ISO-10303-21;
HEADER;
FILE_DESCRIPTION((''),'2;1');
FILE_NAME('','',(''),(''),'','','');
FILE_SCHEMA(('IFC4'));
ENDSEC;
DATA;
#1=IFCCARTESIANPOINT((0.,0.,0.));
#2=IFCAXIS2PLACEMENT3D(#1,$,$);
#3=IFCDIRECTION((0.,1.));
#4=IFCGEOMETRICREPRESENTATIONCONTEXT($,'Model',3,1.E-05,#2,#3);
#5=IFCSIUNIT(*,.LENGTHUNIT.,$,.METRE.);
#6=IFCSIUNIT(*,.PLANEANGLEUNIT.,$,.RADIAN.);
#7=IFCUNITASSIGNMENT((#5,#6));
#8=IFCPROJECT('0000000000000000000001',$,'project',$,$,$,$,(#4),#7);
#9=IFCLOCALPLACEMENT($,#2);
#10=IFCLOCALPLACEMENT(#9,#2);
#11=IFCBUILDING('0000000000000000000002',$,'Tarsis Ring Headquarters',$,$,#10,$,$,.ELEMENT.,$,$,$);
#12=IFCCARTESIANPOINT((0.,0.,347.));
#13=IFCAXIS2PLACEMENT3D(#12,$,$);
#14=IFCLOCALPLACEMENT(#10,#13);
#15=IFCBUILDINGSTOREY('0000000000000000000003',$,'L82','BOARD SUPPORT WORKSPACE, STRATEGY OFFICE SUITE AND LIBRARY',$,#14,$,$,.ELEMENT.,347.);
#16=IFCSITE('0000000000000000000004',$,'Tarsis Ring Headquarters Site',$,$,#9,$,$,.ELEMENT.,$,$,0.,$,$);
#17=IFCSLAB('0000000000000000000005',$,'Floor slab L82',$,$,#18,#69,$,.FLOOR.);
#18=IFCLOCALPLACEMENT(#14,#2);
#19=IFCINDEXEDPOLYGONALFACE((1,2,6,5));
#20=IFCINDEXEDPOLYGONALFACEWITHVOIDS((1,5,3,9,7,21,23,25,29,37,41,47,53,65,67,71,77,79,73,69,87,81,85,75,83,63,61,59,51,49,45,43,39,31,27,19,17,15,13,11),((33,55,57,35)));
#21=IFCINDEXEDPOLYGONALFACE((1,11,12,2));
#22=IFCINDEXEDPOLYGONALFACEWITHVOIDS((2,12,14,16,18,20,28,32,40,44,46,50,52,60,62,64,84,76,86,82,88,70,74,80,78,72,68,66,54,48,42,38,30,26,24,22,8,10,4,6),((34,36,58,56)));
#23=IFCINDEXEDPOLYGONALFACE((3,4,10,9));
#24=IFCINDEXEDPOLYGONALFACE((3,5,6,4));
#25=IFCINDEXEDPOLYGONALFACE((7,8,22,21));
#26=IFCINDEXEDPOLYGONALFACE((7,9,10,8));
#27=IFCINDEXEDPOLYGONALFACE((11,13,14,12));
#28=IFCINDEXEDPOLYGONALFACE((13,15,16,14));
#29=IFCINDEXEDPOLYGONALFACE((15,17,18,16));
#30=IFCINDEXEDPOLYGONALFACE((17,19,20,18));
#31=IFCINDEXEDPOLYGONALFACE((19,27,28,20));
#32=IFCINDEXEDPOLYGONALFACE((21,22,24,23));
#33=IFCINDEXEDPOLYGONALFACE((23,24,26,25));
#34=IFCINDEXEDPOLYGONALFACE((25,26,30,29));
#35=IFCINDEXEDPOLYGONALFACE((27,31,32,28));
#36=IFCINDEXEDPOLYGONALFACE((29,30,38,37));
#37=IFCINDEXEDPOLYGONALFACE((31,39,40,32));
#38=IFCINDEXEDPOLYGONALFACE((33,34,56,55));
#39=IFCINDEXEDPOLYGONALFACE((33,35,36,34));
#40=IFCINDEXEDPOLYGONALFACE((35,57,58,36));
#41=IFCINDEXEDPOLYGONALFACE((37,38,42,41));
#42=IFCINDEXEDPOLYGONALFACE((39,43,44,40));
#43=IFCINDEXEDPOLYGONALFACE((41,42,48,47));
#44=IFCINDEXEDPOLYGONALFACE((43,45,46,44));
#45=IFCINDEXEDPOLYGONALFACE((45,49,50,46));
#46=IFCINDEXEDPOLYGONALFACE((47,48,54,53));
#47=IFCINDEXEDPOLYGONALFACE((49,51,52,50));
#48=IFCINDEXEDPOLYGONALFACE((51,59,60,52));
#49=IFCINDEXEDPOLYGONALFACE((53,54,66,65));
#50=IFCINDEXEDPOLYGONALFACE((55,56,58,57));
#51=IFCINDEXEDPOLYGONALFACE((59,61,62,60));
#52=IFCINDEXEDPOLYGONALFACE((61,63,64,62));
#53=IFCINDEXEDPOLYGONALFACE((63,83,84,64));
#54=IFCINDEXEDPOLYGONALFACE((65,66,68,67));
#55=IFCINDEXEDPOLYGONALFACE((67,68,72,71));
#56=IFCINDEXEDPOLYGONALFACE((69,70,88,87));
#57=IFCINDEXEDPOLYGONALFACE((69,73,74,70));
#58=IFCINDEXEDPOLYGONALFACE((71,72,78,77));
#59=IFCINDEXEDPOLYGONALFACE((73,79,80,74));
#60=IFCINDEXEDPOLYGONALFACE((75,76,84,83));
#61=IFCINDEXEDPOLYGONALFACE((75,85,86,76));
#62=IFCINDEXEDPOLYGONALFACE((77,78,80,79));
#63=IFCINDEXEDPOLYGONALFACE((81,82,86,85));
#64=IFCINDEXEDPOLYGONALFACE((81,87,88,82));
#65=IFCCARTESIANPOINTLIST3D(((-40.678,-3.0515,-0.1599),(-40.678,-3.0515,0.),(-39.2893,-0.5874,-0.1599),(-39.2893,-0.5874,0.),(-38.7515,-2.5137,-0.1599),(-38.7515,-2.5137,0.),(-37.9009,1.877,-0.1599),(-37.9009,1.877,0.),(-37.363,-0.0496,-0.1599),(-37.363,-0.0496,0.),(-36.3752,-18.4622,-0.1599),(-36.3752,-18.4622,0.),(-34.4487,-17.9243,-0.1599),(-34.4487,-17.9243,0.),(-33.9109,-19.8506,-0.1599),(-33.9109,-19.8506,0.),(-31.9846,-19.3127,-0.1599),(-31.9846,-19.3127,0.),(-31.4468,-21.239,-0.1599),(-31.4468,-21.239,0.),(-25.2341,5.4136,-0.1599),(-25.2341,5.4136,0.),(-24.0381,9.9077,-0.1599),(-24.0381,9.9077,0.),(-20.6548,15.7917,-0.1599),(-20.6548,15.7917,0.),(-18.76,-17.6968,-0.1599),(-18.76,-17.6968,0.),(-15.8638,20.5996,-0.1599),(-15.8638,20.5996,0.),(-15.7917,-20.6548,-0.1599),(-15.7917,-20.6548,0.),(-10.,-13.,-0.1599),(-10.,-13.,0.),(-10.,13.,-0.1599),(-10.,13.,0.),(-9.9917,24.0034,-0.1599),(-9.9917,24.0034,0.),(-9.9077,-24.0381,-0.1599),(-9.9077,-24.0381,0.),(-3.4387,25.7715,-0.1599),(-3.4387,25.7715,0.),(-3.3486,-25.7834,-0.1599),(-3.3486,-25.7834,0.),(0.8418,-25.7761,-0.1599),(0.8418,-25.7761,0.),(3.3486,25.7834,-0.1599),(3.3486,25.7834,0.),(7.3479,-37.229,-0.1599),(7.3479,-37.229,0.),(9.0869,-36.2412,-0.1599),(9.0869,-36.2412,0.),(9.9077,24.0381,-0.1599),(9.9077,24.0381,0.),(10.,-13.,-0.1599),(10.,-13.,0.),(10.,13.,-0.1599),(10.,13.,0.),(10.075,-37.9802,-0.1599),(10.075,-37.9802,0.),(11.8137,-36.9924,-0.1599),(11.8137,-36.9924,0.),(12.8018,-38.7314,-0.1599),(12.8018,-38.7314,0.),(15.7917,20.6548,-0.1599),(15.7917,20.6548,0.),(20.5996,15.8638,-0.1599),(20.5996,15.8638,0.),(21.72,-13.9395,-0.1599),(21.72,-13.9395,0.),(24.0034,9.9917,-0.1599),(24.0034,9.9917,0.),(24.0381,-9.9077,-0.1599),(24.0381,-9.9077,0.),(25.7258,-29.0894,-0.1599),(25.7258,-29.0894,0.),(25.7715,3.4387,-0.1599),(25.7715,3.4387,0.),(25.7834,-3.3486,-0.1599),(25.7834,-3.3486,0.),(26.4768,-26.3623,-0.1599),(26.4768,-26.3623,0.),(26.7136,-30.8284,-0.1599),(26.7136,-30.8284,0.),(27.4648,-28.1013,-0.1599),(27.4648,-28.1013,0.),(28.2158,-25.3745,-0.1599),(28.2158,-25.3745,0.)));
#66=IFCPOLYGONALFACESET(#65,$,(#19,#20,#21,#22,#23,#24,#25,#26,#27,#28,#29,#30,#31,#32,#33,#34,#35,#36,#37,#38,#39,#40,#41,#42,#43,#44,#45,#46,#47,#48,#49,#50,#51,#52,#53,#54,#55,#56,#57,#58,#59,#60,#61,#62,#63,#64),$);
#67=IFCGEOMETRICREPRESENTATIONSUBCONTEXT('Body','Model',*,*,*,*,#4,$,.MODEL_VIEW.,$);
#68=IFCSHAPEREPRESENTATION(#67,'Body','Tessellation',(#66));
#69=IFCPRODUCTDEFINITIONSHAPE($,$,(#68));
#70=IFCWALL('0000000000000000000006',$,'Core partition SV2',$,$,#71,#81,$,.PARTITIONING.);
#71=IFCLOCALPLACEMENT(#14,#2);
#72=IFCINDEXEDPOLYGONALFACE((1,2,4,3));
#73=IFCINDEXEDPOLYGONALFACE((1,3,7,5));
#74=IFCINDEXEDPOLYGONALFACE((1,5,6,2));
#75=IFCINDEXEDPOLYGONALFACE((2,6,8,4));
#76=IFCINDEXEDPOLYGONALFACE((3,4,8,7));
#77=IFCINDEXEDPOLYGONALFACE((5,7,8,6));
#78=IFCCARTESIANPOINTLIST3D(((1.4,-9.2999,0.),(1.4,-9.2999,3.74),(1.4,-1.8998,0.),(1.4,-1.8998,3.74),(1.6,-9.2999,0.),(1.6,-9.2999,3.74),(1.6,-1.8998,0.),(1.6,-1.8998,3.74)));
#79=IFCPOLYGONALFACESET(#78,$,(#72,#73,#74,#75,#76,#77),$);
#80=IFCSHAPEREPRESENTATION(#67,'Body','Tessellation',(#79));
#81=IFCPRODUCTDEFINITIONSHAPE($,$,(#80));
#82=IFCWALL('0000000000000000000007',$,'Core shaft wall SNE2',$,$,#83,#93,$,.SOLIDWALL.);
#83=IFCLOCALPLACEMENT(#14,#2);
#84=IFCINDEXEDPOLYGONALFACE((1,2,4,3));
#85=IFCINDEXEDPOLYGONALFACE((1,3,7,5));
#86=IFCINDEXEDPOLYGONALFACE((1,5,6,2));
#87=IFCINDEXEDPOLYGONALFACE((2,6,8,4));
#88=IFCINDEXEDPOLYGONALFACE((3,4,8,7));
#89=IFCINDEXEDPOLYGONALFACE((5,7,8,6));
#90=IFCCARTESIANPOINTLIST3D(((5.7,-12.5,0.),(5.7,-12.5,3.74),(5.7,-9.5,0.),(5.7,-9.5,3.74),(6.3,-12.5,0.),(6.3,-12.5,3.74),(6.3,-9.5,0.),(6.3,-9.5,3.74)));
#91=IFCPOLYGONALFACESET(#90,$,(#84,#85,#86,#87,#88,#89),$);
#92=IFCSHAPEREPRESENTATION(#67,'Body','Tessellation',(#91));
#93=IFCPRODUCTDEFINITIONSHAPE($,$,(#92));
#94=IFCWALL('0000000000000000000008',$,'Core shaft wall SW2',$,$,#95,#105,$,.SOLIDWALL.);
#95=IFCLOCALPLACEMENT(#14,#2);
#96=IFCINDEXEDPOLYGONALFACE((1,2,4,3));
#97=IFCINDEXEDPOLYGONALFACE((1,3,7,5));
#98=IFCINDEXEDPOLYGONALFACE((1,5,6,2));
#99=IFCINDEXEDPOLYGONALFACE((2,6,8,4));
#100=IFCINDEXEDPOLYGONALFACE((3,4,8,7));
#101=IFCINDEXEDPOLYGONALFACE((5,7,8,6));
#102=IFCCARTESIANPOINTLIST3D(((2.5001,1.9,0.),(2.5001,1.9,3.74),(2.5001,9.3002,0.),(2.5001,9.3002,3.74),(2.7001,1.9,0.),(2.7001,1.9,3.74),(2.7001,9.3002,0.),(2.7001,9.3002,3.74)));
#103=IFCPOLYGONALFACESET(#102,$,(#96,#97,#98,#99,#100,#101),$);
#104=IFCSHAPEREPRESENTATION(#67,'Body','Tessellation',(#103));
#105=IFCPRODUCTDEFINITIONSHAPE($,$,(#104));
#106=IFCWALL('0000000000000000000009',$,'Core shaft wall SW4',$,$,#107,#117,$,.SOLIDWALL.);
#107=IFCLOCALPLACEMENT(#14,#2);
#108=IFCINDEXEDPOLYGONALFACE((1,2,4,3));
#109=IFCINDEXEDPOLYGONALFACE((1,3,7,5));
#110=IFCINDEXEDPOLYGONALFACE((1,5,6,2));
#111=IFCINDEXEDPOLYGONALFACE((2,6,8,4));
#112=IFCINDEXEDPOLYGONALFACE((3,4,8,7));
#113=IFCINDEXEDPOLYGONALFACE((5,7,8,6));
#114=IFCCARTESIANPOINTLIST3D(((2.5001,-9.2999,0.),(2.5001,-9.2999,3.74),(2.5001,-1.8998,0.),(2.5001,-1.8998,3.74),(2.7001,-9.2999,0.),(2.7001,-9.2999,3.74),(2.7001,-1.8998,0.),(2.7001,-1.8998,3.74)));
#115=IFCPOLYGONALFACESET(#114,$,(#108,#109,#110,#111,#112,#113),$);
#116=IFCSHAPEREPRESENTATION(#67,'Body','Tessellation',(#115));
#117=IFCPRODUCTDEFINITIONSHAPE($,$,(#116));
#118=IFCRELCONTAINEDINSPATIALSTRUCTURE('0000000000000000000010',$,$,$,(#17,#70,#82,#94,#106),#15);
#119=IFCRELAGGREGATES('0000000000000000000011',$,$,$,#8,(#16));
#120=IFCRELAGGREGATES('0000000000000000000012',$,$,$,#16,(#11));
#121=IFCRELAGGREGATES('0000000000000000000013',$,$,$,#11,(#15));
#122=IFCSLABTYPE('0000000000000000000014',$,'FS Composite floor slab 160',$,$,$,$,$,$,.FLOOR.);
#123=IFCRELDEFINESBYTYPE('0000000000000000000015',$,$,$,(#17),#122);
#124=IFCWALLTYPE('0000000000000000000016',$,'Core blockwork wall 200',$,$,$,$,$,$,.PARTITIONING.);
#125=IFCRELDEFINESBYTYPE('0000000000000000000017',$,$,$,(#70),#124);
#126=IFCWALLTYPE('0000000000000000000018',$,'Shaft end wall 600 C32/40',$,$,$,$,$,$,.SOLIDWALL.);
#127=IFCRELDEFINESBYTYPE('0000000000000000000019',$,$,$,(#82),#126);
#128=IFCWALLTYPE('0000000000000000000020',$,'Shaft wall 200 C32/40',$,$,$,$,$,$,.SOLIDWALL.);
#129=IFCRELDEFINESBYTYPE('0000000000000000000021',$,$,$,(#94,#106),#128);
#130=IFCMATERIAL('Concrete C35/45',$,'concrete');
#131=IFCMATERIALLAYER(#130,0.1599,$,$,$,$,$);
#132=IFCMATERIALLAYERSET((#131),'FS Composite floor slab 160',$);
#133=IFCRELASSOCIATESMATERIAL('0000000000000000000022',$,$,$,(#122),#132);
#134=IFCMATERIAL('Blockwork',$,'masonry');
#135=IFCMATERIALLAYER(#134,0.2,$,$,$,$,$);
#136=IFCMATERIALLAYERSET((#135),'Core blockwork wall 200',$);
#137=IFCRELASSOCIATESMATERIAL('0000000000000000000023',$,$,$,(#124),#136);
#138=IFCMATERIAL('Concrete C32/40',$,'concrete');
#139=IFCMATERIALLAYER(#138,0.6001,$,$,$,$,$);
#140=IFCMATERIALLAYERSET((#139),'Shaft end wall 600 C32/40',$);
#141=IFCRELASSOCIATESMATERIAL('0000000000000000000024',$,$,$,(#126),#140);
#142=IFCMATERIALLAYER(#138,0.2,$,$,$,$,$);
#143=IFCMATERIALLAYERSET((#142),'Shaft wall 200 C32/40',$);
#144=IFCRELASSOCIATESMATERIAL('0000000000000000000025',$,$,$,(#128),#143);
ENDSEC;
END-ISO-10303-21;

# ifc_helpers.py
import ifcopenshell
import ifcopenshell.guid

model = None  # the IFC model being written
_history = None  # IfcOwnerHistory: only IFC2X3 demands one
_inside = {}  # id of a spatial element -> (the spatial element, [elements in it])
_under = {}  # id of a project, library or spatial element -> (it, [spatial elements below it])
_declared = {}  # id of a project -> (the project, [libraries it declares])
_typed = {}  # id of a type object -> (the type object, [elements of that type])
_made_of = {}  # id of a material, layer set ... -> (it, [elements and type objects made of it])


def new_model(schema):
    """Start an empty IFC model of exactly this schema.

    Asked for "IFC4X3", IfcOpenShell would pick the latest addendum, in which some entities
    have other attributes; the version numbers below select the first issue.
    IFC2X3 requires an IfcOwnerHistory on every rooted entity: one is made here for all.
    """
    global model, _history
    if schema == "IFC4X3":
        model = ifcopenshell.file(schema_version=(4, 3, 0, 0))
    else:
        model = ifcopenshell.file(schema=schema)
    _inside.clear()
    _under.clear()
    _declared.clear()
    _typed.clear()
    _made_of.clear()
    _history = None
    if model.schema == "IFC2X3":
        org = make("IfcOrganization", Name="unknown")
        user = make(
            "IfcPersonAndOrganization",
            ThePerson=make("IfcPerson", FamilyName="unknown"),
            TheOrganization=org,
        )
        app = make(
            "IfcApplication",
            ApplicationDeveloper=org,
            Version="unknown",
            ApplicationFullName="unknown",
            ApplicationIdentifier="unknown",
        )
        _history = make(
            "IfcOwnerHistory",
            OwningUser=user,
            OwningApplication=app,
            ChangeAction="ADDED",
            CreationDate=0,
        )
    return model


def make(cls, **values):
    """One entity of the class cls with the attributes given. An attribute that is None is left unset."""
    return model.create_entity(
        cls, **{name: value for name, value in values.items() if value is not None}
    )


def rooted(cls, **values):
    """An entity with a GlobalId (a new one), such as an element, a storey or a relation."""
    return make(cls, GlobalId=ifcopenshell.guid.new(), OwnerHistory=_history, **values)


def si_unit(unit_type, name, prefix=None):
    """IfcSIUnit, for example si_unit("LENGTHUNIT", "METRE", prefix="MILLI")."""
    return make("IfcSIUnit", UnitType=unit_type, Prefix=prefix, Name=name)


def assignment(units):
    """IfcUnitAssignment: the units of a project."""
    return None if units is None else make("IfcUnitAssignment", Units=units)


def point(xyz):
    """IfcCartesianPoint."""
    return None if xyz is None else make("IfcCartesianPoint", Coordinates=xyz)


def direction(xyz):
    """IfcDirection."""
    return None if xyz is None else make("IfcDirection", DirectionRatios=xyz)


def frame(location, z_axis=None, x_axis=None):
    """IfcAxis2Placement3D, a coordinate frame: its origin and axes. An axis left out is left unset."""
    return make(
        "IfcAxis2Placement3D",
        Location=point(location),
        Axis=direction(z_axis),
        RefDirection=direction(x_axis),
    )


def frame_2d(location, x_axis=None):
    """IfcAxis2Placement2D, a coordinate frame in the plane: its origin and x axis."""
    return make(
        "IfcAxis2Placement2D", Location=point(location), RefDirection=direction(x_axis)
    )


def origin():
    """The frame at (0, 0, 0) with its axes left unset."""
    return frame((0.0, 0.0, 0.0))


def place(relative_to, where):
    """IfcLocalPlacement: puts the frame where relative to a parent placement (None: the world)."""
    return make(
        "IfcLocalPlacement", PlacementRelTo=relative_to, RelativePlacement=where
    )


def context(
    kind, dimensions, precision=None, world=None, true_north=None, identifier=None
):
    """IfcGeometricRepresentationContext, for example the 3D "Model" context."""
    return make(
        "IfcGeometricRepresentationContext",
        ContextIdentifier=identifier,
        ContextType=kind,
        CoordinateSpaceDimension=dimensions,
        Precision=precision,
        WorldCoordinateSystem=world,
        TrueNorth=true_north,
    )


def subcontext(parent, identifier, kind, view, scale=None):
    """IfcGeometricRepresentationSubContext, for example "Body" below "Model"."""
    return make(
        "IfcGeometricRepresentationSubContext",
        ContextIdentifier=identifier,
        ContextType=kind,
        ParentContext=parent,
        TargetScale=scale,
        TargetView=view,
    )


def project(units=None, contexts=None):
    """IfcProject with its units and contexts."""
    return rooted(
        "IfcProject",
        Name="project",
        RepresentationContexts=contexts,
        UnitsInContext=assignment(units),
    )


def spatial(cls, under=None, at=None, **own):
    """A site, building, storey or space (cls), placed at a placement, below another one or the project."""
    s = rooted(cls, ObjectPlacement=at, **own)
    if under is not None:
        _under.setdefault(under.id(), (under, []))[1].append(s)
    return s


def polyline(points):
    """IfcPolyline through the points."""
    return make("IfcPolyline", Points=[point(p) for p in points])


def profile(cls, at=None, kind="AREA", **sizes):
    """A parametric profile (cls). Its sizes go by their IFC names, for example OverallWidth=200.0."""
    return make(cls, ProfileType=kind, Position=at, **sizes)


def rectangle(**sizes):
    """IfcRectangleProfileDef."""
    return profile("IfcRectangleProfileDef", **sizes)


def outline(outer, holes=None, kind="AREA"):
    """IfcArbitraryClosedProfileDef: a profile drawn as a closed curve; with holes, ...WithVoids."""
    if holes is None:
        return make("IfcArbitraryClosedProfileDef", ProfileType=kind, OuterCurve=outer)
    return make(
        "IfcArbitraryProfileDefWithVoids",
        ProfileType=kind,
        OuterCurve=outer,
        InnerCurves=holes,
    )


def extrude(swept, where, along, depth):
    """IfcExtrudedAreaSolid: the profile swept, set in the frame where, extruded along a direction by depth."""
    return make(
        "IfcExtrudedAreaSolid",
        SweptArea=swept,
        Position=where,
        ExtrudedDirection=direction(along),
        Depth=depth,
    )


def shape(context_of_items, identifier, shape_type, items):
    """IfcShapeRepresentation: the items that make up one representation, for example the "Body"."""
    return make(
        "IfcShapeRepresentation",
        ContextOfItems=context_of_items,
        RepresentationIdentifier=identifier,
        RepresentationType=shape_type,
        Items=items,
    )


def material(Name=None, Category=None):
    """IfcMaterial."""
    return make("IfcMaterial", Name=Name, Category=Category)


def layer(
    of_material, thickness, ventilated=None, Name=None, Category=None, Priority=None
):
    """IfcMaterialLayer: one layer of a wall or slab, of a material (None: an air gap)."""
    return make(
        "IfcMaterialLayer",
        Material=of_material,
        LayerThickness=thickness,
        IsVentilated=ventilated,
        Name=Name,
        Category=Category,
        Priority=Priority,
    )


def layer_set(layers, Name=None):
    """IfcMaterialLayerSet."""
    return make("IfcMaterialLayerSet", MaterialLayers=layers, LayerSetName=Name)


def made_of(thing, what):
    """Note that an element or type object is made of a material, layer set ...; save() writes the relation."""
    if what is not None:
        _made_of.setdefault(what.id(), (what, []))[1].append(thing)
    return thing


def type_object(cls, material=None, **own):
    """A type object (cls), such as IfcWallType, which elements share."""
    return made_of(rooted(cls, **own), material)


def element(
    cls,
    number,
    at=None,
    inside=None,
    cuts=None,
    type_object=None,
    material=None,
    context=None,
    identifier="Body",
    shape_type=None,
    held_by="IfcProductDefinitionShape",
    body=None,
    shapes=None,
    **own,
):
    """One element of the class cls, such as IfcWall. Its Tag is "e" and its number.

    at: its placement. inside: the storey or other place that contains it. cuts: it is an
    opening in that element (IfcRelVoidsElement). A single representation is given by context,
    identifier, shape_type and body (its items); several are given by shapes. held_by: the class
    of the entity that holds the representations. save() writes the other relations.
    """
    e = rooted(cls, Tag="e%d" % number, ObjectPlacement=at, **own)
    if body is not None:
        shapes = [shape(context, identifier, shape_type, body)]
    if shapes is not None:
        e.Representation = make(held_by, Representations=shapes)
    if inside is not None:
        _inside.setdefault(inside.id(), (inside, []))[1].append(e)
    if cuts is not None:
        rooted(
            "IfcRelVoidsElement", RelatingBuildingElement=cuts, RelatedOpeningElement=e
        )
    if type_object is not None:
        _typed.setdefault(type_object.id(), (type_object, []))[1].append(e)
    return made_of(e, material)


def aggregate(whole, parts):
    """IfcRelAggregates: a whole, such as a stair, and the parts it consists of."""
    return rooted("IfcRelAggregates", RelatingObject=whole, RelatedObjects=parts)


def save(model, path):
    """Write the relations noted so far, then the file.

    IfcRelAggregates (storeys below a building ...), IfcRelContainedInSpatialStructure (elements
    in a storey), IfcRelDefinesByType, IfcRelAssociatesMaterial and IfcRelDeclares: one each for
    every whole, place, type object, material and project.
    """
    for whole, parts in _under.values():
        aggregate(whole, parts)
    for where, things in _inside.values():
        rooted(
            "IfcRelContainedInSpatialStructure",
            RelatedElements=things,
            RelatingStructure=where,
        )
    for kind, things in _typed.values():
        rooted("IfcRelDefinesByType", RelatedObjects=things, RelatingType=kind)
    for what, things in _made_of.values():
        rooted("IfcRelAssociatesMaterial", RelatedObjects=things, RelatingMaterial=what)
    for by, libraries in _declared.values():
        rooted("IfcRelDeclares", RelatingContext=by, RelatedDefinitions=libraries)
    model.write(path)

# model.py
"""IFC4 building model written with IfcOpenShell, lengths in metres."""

from ifc_helpers import new_model, si_unit, direction, frame, frame_2d, origin, place, context, subcontext, project, spatial, polyline, rectangle, outline, extrude, material, layer, layer_set, type_object, element, save


model = new_model("IFC4")

# Units and contexts
model_context = context("Model", 3, precision=1e-05, world=origin(), true_north=direction((0.0, 1.0)))
body_context = subcontext(model_context, "Body", "Model", "MODEL_VIEW")
ifc_project = project(units=[si_unit("LENGTHUNIT", "METRE"), si_unit("PLANEANGLEUNIT", "RADIAN")], contexts=[model_context])

# Site, building, storey
site_placement = place(None, origin())
site = spatial("IfcSite", under=ifc_project, at=site_placement, Name="Tarsis Ring Headquarters Site", CompositionType="ELEMENT", RefElevation=0.0)
building_placement = place(site_placement, origin())
building = spatial("IfcBuilding", under=site, at=building_placement, Name="Tarsis Ring Headquarters", CompositionType="ELEMENT")
storey_placement = place(building_placement, frame((0.0, 0.0, 347.0)))
storey = spatial("IfcBuildingStorey", under=building, at=storey_placement, Name="L82", Description="BOARD SUPPORT WORKSPACE, STRATEGY OFFICE SUITE AND LIBRARY", CompositionType="ELEMENT", Elevation=347.0)

# Slab
ifc_material_1 = material(Name="Concrete C35/45", Category="concrete")
ifc_layer_1 = layer(ifc_material_1, 0.1599)
ifc_layer_set_1 = layer_set([ifc_layer_1], Name="FS Composite floor slab 160")
slab_type_1 = type_object("IfcSlabType", Name="FS Composite floor slab 160", PredefinedType="FLOOR", material=ifc_layer_set_1)
slab_1_placement = place(storey_placement, frame((0.0, 0.0, -0.1599)))
element("IfcSlab", 1, at=slab_1_placement, inside=storey, type_object=slab_type_1, Name="Floor slab L82", PredefinedType="FLOOR", context=body_context, shape_type="SweptSolid", body=[
    extrude(outline(polyline([(-18.76, -17.6968), (-15.7917, -20.6548), (-9.9077, -24.0381), (-3.3486, -25.7834), (0.8418, -25.7761), (7.3479, -37.229), (9.0869, -36.2412), (10.075, -37.9802), (11.8137, -36.9924), (12.8018, -38.7314), (26.7136, -30.8284), (25.7258, -29.0894), (27.4648, -28.1013), (26.4768, -26.3623), (28.2158, -25.3745), (21.72, -13.9395), (24.0381, -9.9077), (25.7834, -3.3486), (25.7715, 3.4387), (24.0034, 9.9917), (20.5996, 15.8638), (15.7917, 20.6548), (9.9077, 24.0381), (3.3486, 25.7834), (-3.4387, 25.7715), (-9.9917, 24.0034), (-15.8638, 20.5996), (-20.6548, 15.7917), (-24.0381, 9.9077), (-25.2341, 5.4136), (-37.9009, 1.877), (-37.363, -0.0496), (-39.2893, -0.5874), (-38.7515, -2.5137), (-40.678, -3.0515), (-36.3752, -18.4622), (-34.4487, -17.9243), (-33.9109, -19.8506), (-31.9846, -19.3127), (-31.4468, -21.239), (-18.76, -17.6968)]), holes=[polyline([(-10.0, -13.0), (-10.0, 13.0), (10.0, 13.0), (10.0, -13.0), (-10.0, -13.0)])]), origin(), (0.0, 0.0, 1.0), 0.1599),
])

# Walls
ifc_material_2 = material(Name="Blockwork", Category="masonry")
ifc_layer_2 = layer(ifc_material_2, 0.2)
ifc_layer_set_2 = layer_set([ifc_layer_2], Name="Core blockwork wall 200")
wall_type_1 = type_object("IfcWallType", Name="Core blockwork wall 200", PredefinedType="PARTITIONING", material=ifc_layer_set_2)
wall_1_placement = place(storey_placement, frame((1.5, -9.3, 0.0), z_axis=(0.0, 0.0, 1.0), x_axis=(0.0, 1.0, 0.0)))
element("IfcWall", 2, at=wall_1_placement, inside=storey, type_object=wall_type_1, Name="Core partition SV2", PredefinedType="PARTITIONING", context=body_context, shape_type="SweptSolid", body=[
    extrude(rectangle(XDim=7.4001, YDim=0.2, at=frame_2d((3.7002, 0.0))), origin(), (0.0, 0.0, 1.0), 3.74),
])
ifc_material_3 = material(Name="Concrete C32/40", Category="concrete")
ifc_layer_3 = layer(ifc_material_3, 0.6001)
ifc_layer_set_3 = layer_set([ifc_layer_3], Name="Shaft end wall 600 C32/40")
wall_type_2 = type_object("IfcWallType", Name="Shaft end wall 600 C32/40", PredefinedType="SOLIDWALL", material=ifc_layer_set_3)
wall_2_placement = place(storey_placement, frame((6.0, -12.5, 0.0), z_axis=(0.0, 0.0, 1.0), x_axis=(0.0, 1.0, 0.0)))
element("IfcWall", 3, at=wall_2_placement, inside=storey, type_object=wall_type_2, Name="Core shaft wall SNE2", PredefinedType="SOLIDWALL", context=body_context, shape_type="SweptSolid", body=[
    extrude(rectangle(XDim=3.0, YDim=0.6001, at=frame_2d((1.5, 0.0))), origin(), (0.0, 0.0, 1.0), 3.74),
])
ifc_layer_4 = layer(ifc_material_3, 0.2)
ifc_layer_set_4 = layer_set([ifc_layer_4], Name="Shaft wall 200 C32/40")
wall_type_3 = type_object("IfcWallType", Name="Shaft wall 200 C32/40", PredefinedType="SOLIDWALL", material=ifc_layer_set_4)
for number, where, z_axis, x_axis, name in (
    (4, (2.6001, 1.8999, 0.0), (0.0, 0.0, 1.0), (0.0, 1.0, 0.0), "Core shaft wall SW2"),
    (5, (2.6001, -9.3, 0.0), (0.0, 0.0, 1.0), (0.0, 1.0, 0.0), "Core shaft wall SW4"),
):
    element("IfcWall", number, at=place(storey_placement, frame(where, z_axis=z_axis, x_axis=x_axis)), inside=storey, type_object=wall_type_3, Name=name, PredefinedType="SOLIDWALL", context=body_context, shape_type="SweptSolid", body=[
        extrude(rectangle(XDim=7.4001, YDim=0.2, at=frame_2d((3.7002, 0.0))), origin(), (0.0, 0.0, 1.0), 3.74),
    ])

save(model, "model.ifc")
